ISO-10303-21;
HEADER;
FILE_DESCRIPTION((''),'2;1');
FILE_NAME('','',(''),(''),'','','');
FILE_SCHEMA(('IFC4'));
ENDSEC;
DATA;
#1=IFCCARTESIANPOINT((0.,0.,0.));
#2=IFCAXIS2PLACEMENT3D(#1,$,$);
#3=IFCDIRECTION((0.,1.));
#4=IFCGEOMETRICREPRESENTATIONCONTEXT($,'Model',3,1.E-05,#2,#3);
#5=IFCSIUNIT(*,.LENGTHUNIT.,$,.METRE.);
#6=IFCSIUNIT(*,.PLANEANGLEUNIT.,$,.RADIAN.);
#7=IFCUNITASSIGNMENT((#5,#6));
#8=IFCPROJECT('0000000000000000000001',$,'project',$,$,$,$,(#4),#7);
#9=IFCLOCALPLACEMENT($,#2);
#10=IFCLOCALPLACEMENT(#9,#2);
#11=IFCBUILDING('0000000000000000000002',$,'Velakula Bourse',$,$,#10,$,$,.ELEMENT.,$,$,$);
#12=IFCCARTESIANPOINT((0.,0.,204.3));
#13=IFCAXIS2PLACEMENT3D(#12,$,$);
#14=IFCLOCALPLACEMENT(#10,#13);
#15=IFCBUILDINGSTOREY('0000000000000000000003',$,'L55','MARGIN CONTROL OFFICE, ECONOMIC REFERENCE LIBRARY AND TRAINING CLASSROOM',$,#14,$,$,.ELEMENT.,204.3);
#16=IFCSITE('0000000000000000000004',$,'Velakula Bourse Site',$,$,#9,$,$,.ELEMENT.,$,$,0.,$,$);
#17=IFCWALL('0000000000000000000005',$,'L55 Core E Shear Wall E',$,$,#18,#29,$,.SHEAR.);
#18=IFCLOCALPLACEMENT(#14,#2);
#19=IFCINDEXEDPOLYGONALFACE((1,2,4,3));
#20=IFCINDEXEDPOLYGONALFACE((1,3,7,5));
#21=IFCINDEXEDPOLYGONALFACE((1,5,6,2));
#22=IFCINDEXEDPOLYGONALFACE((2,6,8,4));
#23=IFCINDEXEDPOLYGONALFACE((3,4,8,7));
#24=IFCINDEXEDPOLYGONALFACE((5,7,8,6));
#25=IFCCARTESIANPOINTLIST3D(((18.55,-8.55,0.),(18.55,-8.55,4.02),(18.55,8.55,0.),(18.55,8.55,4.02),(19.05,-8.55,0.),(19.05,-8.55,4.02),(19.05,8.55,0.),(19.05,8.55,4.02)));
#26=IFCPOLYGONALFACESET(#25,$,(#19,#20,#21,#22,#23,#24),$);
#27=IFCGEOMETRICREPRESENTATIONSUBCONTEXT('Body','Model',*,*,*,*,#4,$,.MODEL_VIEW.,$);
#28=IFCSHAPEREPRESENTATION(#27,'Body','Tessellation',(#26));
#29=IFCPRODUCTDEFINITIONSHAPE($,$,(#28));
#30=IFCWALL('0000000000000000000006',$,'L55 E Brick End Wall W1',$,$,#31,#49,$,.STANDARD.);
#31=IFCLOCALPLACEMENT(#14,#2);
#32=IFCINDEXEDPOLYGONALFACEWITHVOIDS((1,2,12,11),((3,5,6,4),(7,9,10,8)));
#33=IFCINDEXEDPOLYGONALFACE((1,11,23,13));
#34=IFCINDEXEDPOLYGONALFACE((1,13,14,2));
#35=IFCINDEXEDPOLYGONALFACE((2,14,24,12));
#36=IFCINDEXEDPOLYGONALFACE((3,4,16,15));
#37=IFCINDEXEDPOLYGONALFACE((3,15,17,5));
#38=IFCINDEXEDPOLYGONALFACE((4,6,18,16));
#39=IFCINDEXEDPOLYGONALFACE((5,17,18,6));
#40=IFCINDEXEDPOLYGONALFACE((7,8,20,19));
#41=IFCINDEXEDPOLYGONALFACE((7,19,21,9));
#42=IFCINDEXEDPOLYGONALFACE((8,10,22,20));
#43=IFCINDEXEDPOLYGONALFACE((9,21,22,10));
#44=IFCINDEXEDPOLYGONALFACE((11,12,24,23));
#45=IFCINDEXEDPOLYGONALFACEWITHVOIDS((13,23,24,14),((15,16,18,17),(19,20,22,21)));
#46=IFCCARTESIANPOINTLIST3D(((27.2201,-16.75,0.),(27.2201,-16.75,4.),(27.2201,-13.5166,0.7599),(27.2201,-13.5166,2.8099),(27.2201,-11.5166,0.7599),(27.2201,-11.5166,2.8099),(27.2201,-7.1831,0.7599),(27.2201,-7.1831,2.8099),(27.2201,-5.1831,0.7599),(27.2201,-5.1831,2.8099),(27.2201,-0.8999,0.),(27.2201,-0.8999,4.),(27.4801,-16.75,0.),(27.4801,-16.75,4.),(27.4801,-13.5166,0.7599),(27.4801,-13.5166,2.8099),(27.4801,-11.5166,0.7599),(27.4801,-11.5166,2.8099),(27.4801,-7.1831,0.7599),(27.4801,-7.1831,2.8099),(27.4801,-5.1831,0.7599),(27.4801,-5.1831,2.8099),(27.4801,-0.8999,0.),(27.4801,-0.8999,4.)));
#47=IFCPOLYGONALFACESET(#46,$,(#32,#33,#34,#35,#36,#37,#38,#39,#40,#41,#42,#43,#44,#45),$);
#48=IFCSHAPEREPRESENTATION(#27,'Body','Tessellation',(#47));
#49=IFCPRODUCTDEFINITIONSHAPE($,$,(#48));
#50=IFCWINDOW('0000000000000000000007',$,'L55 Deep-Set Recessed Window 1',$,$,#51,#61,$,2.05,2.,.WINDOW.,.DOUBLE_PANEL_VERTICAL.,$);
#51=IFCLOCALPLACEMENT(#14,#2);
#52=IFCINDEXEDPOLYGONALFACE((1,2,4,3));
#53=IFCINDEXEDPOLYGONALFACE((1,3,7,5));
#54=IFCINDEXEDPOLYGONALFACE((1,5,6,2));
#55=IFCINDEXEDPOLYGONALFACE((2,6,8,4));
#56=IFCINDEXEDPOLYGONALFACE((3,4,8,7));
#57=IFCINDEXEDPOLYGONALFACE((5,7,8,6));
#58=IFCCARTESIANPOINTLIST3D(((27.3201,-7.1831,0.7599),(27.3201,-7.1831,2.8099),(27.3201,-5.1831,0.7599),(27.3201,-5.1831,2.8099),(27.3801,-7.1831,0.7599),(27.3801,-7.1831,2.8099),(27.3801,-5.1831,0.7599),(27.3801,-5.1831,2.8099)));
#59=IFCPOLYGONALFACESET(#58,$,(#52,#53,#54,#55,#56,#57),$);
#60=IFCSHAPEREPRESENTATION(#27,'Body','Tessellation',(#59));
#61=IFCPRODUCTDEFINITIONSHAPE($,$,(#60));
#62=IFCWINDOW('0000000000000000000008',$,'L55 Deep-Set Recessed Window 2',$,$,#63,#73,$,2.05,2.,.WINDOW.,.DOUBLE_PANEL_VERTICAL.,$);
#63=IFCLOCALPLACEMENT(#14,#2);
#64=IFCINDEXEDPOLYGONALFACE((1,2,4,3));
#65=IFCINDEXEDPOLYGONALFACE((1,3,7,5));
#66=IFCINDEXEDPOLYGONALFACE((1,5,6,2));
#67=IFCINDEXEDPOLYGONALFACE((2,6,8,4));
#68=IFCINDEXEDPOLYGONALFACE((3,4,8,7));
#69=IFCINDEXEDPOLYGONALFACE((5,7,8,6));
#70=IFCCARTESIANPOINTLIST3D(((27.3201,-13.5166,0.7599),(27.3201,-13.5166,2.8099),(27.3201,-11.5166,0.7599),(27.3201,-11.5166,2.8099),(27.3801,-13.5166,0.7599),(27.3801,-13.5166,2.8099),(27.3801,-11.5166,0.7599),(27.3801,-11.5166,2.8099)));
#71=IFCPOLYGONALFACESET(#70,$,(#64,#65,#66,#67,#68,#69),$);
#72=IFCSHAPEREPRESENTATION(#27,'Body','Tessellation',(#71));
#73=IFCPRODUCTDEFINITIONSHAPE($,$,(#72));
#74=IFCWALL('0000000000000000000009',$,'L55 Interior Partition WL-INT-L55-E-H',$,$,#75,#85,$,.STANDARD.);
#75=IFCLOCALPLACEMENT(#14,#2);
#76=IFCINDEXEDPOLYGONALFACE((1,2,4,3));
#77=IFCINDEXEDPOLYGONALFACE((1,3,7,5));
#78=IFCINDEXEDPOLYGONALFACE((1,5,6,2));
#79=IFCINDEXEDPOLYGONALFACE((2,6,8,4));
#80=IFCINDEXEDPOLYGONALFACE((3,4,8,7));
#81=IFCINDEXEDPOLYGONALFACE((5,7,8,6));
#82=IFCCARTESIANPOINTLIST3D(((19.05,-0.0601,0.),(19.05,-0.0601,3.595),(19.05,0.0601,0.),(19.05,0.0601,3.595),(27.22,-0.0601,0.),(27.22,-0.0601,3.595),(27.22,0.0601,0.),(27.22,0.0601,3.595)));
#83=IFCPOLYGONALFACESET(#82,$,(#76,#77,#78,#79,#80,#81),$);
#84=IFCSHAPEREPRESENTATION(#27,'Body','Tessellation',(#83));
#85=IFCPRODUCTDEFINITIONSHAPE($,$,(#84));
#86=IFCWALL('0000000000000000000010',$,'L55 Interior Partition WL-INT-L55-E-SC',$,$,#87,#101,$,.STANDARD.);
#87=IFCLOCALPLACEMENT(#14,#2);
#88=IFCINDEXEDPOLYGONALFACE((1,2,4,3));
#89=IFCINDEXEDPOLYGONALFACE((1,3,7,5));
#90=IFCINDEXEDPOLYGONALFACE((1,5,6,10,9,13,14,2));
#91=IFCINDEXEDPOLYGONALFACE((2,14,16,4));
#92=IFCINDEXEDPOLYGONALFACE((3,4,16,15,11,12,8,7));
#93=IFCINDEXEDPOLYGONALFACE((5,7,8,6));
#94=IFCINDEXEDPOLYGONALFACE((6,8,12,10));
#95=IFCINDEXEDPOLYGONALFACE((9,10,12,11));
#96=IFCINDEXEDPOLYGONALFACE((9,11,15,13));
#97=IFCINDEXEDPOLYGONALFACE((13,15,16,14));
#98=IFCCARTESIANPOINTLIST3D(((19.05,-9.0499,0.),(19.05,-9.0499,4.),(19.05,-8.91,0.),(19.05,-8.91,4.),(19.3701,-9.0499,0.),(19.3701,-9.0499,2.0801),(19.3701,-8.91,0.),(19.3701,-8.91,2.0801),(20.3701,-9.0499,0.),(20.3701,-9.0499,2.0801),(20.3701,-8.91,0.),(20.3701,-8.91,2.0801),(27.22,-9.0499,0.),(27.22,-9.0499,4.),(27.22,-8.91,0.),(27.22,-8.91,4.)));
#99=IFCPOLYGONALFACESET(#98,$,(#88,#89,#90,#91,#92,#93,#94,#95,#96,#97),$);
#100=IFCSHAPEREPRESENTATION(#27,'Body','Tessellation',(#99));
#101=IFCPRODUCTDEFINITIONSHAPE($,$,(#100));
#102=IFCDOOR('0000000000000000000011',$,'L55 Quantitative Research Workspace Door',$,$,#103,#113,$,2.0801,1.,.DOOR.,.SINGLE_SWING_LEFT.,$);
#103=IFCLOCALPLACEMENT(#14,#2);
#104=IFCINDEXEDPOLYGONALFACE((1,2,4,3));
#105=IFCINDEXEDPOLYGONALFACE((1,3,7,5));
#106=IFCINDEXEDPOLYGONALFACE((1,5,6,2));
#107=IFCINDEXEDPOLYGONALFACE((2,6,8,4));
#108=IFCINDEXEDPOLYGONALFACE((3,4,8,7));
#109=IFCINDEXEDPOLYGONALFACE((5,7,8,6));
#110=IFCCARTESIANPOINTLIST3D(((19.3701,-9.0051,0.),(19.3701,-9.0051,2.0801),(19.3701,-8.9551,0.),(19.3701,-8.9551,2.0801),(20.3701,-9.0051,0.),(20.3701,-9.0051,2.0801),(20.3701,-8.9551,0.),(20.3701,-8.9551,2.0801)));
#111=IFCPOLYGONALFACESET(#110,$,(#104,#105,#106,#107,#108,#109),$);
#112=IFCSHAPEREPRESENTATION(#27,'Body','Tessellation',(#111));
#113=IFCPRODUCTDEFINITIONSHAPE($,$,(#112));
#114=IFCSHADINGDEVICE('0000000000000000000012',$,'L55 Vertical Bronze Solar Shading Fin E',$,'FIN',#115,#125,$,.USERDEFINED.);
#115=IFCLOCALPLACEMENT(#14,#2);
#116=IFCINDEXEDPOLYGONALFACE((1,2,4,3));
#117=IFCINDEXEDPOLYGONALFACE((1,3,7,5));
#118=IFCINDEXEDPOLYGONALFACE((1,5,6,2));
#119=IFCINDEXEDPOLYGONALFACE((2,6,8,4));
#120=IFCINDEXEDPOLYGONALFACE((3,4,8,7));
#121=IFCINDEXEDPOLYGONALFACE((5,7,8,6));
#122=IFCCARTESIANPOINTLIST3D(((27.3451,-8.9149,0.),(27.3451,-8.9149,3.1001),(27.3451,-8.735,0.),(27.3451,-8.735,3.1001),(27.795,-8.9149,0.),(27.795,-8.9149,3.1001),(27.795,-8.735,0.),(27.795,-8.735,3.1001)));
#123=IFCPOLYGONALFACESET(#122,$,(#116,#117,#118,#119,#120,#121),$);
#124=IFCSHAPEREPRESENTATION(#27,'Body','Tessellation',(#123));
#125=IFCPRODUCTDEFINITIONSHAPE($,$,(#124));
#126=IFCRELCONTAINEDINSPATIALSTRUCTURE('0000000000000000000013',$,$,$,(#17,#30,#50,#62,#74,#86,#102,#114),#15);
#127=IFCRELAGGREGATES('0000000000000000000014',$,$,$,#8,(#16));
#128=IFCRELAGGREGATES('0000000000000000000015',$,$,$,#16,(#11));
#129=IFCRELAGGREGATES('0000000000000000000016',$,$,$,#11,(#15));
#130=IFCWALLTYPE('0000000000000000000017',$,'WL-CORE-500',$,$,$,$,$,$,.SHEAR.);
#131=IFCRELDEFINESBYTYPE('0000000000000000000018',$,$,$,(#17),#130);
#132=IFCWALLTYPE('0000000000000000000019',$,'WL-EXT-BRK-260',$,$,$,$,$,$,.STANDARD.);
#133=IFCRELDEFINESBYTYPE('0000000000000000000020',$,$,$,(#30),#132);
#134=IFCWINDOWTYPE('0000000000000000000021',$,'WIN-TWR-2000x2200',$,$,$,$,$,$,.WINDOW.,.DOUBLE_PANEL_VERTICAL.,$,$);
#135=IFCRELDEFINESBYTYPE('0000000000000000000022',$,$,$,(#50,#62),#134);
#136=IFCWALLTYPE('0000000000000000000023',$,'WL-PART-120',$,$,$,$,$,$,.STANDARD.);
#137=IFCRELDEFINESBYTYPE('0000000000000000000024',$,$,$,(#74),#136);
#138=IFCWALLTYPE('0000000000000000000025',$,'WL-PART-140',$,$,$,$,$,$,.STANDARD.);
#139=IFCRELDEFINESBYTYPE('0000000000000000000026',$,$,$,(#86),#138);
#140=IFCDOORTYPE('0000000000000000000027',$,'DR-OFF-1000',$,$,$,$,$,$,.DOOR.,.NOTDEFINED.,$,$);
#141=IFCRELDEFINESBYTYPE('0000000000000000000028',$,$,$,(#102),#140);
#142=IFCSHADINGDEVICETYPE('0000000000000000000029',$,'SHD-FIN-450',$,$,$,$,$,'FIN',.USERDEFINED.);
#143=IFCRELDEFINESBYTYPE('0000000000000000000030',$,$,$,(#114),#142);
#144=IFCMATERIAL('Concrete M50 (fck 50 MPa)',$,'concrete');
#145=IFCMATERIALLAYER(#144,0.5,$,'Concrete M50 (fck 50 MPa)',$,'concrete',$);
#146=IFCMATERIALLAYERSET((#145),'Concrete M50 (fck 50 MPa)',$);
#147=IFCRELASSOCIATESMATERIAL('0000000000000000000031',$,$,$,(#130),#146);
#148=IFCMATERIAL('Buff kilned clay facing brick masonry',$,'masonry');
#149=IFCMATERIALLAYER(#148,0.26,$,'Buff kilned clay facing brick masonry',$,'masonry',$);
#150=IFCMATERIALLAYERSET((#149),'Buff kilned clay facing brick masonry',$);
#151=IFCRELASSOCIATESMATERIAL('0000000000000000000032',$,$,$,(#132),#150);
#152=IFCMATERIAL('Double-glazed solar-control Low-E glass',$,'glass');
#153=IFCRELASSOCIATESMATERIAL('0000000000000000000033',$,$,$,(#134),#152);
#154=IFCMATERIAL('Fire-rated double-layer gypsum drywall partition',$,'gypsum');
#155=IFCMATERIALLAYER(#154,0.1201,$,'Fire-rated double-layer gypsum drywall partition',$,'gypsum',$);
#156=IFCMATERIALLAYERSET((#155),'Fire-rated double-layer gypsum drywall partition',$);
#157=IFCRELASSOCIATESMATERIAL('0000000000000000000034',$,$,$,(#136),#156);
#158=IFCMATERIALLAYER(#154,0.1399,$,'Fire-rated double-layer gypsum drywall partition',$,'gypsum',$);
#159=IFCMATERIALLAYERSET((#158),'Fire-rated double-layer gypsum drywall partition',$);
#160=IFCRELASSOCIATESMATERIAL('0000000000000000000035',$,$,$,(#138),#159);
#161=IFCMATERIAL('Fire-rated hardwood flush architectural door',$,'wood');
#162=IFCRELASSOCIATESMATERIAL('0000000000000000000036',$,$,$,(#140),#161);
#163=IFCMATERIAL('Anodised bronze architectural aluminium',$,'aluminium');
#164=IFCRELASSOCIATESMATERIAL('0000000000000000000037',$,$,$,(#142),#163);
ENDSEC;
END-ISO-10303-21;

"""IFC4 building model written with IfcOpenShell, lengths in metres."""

from ifc_helpers import new_model, si_unit, direction, frame, frame_2d, origin, origin_2d, place, context, subcontext, project, spatial, rectangle, extrude, material, layer, layer_set, type_object, element, fill, save


model = new_model("IFC4")

# Units and contexts
model_context = context("Model", 3, precision=1e-05, world=origin(), true_north=direction((0.0, 1.0)))
body_context = subcontext(model_context, "Body", "Model", "MODEL_VIEW")
ifc_project = project(units=[si_unit("LENGTHUNIT", "METRE"), si_unit("PLANEANGLEUNIT", "RADIAN")], contexts=[model_context])

# Site, building, storey
site_placement = place(None, origin())
site = spatial("IfcSite", under=ifc_project, at=site_placement, Name="Velakula Bourse Site", CompositionType="ELEMENT", RefElevation=0.0)
building_placement = place(site_placement, origin())
building = spatial("IfcBuilding", under=site, at=building_placement, Name="Velakula Bourse", CompositionType="ELEMENT")
storey_placement = place(building_placement, frame((0.0, 0.0, 204.3)))
storey = spatial("IfcBuildingStorey", under=building, at=storey_placement, Name="L55", Description="MARGIN CONTROL OFFICE, ECONOMIC REFERENCE LIBRARY AND TRAINING CLASSROOM", CompositionType="ELEMENT", Elevation=204.3)

# Shared definitions
ifc_material_1 = material(Name="Concrete M50 (fck 50 MPa)", Category="concrete")

# Wall
ifc_layer_1 = layer(ifc_material_1, 0.5, Name="Concrete M50 (fck 50 MPa)", Category="concrete")
ifc_layer_set_1 = layer_set([ifc_layer_1], Name="Concrete M50 (fck 50 MPa)")
wall_type_1 = type_object("IfcWallType", Name="WL-CORE-500", PredefinedType="SHEAR", material=ifc_layer_set_1)
wall_1_placement = place(storey_placement, frame((18.8, -8.55, 0.0), z_axis=(0.0, 0.0, 1.0), x_axis=(0.0, 1.0, 0.0)))
element("IfcWall", 1, at=wall_1_placement, inside=storey, type_object=wall_type_1, Name="L55 Core E Shear Wall E", PredefinedType="SHEAR", context=body_context, shape_type="SweptSolid", body=[
    extrude(rectangle(XDim=17.1001, YDim=0.5, at=frame_2d((8.55, 0.0))), origin(), (0.0, 0.0, 1.0), 4.02),
])

# Wall, openings, windows
ifc_material_2 = material(Name="Buff kilned clay facing brick masonry", Category="masonry")
ifc_layer_2 = layer(ifc_material_2, 0.26, Name="Buff kilned clay facing brick masonry", Category="masonry")
ifc_layer_set_2 = layer_set([ifc_layer_2], Name="Buff kilned clay facing brick masonry")
wall_type_2 = type_object("IfcWallType", Name="WL-EXT-BRK-260", PredefinedType="STANDARD", material=ifc_layer_set_2)
wall_2_placement = place(storey_placement, frame((27.3501, -0.8999, 0.0), z_axis=(0.0, 0.0, 1.0), x_axis=(0.0, -1.0, 0.0)))
wall_2 = element("IfcWall", 2, at=wall_2_placement, inside=storey, type_object=wall_type_2, Name="L55 E Brick End Wall W1", PredefinedType="STANDARD", context=body_context, shape_type="SweptSolid", body=[
    extrude(rectangle(XDim=15.8501, YDim=0.26, at=frame_2d((7.925, 0.0))), origin(), (0.0, 0.0, 1.0), 4.0),
])
opening_1_placement = place(wall_2_placement, frame((4.2832, 0.0, 0.76)))
opening_1 = element("IfcOpeningElement", 3, at=opening_1_placement, cuts=wall_2, PredefinedType="OPENING", context=body_context, shape_type="SweptSolid", body=[
    extrude(rectangle(XDim=2.0, YDim=2.05, at=frame_2d((1.0, 1.0249))), frame((0.0, 0.1399, 0.0), z_axis=(0.0, -1.0, 0.0), x_axis=(1.0, 0.0, 0.0)), (0.0, 0.0, 1.0), 0.28),
])
opening_2_placement = place(wall_2_placement, frame((10.6167, 0.0, 0.76)))
opening_2 = element("IfcOpeningElement", 4, at=opening_2_placement, cuts=wall_2, PredefinedType="OPENING", context=body_context, shape_type="SweptSolid", body=[
    extrude(rectangle(XDim=2.0, YDim=2.05, at=frame_2d((1.0, 1.0249))), frame((0.0, 0.1399, 0.0), z_axis=(0.0, -1.0, 0.0), x_axis=(1.0, 0.0, 0.0)), (0.0, 0.0, 1.0), 0.28),
])
ifc_material_3 = material(Name="Double-glazed solar-control Low-E glass", Category="glass")
window_type = type_object("IfcWindowType", Name="WIN-TWR-2000x2200", PartitioningType="DOUBLE_PANEL_VERTICAL", PredefinedType="WINDOW", material=ifc_material_3)
window_1_placement = place(opening_1_placement, origin())
window_1 = element("IfcWindow", 5, at=window_1_placement, inside=storey, type_object=window_type, Name="L55 Deep-Set Recessed Window 1", OverallHeight=2.05, OverallWidth=2.0, PartitioningType="DOUBLE_PANEL_VERTICAL", PredefinedType="WINDOW", context=body_context, shape_type="SweptSolid", body=[
    extrude(rectangle(XDim=2.0, YDim=2.05, at=frame_2d((1.0, 1.0249))), frame((0.0, 0.03, 0.0), z_axis=(0.0, -1.0, 0.0), x_axis=(1.0, 0.0, 0.0)), (0.0, 0.0, 1.0), 0.0601),
])
fill(opening_1, window_1)
window_2_placement = place(opening_2_placement, origin())
window_2 = element("IfcWindow", 6, at=window_2_placement, inside=storey, type_object=window_type, Name="L55 Deep-Set Recessed Window 2", OverallHeight=2.05, OverallWidth=2.0, PartitioningType="DOUBLE_PANEL_VERTICAL", PredefinedType="WINDOW", context=body_context, shape_type="SweptSolid", body=[
    extrude(rectangle(XDim=2.0, YDim=2.05, at=frame_2d((1.0, 1.0249))), frame((0.0, 0.03, 0.0), z_axis=(0.0, -1.0, 0.0), x_axis=(1.0, 0.0, 0.0)), (0.0, 0.0, 1.0), 0.0601),
])
fill(opening_2, window_2)

# Wall
ifc_material_4 = material(Name="Fire-rated double-layer gypsum drywall partition", Category="gypsum")
ifc_layer_3 = layer(ifc_material_4, 0.1201, Name="Fire-rated double-layer gypsum drywall partition", Category="gypsum")
ifc_layer_set_3 = layer_set([ifc_layer_3], Name="Fire-rated double-layer gypsum drywall partition")
wall_type_3 = type_object("IfcWallType", Name="WL-PART-120", PredefinedType="STANDARD", material=ifc_layer_set_3)
wall_3_placement = place(storey_placement, frame((19.05, 0.0, 0.0), z_axis=(0.0, 0.0, 1.0), x_axis=(1.0, 0.0, 0.0)))
element("IfcWall", 7, at=wall_3_placement, inside=storey, type_object=wall_type_3, Name="L55 Interior Partition WL-INT-L55-E-H", PredefinedType="STANDARD", context=body_context, shape_type="SweptSolid", body=[
    extrude(rectangle(XDim=8.1699, YDim=0.1201, at=frame_2d((4.085, 0.0))), origin(), (0.0, 0.0, 1.0), 3.595),
])

# Wall, opening, door
ifc_layer_4 = layer(ifc_material_4, 0.1399, Name="Fire-rated double-layer gypsum drywall partition", Category="gypsum")
ifc_layer_set_4 = layer_set([ifc_layer_4], Name="Fire-rated double-layer gypsum drywall partition")
wall_type_4 = type_object("IfcWallType", Name="WL-PART-140", PredefinedType="STANDARD", material=ifc_layer_set_4)
wall_4_placement = place(storey_placement, frame((19.05, -8.98, 0.0), z_axis=(0.0, 0.0, 1.0), x_axis=(1.0, 0.0, 0.0)))
wall_4 = element("IfcWall", 8, at=wall_4_placement, inside=storey, type_object=wall_type_4, Name="L55 Interior Partition WL-INT-L55-E-SC", PredefinedType="STANDARD", context=body_context, shape_type="SweptSolid", body=[
    extrude(rectangle(XDim=8.1699, YDim=0.1399, at=frame_2d((4.085, 0.0))), origin(), (0.0, 0.0, 1.0), 4.0),
])
opening_3_placement = place(wall_4_placement, frame((0.3201, 0.0, 0.0)))
opening_3 = element("IfcOpeningElement", 9, at=opening_3_placement, cuts=wall_4, PredefinedType="OPENING", context=body_context, shape_type="SweptSolid", body=[
    extrude(rectangle(XDim=1.0, YDim=2.0801, at=frame_2d((0.5, 1.04))), frame((0.0, 0.0798, 0.0), z_axis=(0.0, -1.0, 0.0), x_axis=(1.0, 0.0, 0.0)), (0.0, 0.0, 1.0), 0.1599),
])
ifc_material_5 = material(Name="Fire-rated hardwood flush architectural door", Category="wood")
door_type = type_object("IfcDoorType", Name="DR-OFF-1000", OperationType="NOTDEFINED", PredefinedType="DOOR", material=ifc_material_5)
door_placement = place(opening_3_placement, origin())
door = element("IfcDoor", 10, at=door_placement, inside=storey, type_object=door_type, Name="L55 Quantitative Research Workspace Door", OperationType="SINGLE_SWING_LEFT", OverallHeight=2.0801, OverallWidth=1.0, PredefinedType="DOOR", context=body_context, shape_type="SweptSolid", body=[
    extrude(rectangle(XDim=1.0, YDim=2.0801, at=frame_2d((0.5, 1.04))), frame((0.0, 0.0249, 0.0), z_axis=(0.0, -1.0, 0.0), x_axis=(1.0, 0.0, 0.0)), (0.0, 0.0, 1.0), 0.05),
])
fill(opening_3, door)

# Shading device
ifc_material_6 = material(Name="Anodised bronze architectural aluminium", Category="aluminium")
shading_device_type = type_object("IfcShadingDeviceType", Name="SHD-FIN-450", ElementType="FIN", PredefinedType="USERDEFINED", material=ifc_material_6)
shading_device_placement = place(storey_placement, frame((27.5701, -8.825, 0.0), z_axis=(0.0, 0.0, 1.0), x_axis=(1.0, 0.0, 0.0)))
element("IfcShadingDevice", 11, at=shading_device_placement, inside=storey, type_object=shading_device_type, Name="L55 Vertical Bronze Solar Shading Fin E", ObjectType="FIN", PredefinedType="USERDEFINED", context=body_context, shape_type="SweptSolid", body=[
    extrude(rectangle(XDim=0.45, YDim=0.1799, at=origin_2d()), origin(), (0.0, 0.0, 1.0), 3.1001),
])

save(model, "model.ifc")
